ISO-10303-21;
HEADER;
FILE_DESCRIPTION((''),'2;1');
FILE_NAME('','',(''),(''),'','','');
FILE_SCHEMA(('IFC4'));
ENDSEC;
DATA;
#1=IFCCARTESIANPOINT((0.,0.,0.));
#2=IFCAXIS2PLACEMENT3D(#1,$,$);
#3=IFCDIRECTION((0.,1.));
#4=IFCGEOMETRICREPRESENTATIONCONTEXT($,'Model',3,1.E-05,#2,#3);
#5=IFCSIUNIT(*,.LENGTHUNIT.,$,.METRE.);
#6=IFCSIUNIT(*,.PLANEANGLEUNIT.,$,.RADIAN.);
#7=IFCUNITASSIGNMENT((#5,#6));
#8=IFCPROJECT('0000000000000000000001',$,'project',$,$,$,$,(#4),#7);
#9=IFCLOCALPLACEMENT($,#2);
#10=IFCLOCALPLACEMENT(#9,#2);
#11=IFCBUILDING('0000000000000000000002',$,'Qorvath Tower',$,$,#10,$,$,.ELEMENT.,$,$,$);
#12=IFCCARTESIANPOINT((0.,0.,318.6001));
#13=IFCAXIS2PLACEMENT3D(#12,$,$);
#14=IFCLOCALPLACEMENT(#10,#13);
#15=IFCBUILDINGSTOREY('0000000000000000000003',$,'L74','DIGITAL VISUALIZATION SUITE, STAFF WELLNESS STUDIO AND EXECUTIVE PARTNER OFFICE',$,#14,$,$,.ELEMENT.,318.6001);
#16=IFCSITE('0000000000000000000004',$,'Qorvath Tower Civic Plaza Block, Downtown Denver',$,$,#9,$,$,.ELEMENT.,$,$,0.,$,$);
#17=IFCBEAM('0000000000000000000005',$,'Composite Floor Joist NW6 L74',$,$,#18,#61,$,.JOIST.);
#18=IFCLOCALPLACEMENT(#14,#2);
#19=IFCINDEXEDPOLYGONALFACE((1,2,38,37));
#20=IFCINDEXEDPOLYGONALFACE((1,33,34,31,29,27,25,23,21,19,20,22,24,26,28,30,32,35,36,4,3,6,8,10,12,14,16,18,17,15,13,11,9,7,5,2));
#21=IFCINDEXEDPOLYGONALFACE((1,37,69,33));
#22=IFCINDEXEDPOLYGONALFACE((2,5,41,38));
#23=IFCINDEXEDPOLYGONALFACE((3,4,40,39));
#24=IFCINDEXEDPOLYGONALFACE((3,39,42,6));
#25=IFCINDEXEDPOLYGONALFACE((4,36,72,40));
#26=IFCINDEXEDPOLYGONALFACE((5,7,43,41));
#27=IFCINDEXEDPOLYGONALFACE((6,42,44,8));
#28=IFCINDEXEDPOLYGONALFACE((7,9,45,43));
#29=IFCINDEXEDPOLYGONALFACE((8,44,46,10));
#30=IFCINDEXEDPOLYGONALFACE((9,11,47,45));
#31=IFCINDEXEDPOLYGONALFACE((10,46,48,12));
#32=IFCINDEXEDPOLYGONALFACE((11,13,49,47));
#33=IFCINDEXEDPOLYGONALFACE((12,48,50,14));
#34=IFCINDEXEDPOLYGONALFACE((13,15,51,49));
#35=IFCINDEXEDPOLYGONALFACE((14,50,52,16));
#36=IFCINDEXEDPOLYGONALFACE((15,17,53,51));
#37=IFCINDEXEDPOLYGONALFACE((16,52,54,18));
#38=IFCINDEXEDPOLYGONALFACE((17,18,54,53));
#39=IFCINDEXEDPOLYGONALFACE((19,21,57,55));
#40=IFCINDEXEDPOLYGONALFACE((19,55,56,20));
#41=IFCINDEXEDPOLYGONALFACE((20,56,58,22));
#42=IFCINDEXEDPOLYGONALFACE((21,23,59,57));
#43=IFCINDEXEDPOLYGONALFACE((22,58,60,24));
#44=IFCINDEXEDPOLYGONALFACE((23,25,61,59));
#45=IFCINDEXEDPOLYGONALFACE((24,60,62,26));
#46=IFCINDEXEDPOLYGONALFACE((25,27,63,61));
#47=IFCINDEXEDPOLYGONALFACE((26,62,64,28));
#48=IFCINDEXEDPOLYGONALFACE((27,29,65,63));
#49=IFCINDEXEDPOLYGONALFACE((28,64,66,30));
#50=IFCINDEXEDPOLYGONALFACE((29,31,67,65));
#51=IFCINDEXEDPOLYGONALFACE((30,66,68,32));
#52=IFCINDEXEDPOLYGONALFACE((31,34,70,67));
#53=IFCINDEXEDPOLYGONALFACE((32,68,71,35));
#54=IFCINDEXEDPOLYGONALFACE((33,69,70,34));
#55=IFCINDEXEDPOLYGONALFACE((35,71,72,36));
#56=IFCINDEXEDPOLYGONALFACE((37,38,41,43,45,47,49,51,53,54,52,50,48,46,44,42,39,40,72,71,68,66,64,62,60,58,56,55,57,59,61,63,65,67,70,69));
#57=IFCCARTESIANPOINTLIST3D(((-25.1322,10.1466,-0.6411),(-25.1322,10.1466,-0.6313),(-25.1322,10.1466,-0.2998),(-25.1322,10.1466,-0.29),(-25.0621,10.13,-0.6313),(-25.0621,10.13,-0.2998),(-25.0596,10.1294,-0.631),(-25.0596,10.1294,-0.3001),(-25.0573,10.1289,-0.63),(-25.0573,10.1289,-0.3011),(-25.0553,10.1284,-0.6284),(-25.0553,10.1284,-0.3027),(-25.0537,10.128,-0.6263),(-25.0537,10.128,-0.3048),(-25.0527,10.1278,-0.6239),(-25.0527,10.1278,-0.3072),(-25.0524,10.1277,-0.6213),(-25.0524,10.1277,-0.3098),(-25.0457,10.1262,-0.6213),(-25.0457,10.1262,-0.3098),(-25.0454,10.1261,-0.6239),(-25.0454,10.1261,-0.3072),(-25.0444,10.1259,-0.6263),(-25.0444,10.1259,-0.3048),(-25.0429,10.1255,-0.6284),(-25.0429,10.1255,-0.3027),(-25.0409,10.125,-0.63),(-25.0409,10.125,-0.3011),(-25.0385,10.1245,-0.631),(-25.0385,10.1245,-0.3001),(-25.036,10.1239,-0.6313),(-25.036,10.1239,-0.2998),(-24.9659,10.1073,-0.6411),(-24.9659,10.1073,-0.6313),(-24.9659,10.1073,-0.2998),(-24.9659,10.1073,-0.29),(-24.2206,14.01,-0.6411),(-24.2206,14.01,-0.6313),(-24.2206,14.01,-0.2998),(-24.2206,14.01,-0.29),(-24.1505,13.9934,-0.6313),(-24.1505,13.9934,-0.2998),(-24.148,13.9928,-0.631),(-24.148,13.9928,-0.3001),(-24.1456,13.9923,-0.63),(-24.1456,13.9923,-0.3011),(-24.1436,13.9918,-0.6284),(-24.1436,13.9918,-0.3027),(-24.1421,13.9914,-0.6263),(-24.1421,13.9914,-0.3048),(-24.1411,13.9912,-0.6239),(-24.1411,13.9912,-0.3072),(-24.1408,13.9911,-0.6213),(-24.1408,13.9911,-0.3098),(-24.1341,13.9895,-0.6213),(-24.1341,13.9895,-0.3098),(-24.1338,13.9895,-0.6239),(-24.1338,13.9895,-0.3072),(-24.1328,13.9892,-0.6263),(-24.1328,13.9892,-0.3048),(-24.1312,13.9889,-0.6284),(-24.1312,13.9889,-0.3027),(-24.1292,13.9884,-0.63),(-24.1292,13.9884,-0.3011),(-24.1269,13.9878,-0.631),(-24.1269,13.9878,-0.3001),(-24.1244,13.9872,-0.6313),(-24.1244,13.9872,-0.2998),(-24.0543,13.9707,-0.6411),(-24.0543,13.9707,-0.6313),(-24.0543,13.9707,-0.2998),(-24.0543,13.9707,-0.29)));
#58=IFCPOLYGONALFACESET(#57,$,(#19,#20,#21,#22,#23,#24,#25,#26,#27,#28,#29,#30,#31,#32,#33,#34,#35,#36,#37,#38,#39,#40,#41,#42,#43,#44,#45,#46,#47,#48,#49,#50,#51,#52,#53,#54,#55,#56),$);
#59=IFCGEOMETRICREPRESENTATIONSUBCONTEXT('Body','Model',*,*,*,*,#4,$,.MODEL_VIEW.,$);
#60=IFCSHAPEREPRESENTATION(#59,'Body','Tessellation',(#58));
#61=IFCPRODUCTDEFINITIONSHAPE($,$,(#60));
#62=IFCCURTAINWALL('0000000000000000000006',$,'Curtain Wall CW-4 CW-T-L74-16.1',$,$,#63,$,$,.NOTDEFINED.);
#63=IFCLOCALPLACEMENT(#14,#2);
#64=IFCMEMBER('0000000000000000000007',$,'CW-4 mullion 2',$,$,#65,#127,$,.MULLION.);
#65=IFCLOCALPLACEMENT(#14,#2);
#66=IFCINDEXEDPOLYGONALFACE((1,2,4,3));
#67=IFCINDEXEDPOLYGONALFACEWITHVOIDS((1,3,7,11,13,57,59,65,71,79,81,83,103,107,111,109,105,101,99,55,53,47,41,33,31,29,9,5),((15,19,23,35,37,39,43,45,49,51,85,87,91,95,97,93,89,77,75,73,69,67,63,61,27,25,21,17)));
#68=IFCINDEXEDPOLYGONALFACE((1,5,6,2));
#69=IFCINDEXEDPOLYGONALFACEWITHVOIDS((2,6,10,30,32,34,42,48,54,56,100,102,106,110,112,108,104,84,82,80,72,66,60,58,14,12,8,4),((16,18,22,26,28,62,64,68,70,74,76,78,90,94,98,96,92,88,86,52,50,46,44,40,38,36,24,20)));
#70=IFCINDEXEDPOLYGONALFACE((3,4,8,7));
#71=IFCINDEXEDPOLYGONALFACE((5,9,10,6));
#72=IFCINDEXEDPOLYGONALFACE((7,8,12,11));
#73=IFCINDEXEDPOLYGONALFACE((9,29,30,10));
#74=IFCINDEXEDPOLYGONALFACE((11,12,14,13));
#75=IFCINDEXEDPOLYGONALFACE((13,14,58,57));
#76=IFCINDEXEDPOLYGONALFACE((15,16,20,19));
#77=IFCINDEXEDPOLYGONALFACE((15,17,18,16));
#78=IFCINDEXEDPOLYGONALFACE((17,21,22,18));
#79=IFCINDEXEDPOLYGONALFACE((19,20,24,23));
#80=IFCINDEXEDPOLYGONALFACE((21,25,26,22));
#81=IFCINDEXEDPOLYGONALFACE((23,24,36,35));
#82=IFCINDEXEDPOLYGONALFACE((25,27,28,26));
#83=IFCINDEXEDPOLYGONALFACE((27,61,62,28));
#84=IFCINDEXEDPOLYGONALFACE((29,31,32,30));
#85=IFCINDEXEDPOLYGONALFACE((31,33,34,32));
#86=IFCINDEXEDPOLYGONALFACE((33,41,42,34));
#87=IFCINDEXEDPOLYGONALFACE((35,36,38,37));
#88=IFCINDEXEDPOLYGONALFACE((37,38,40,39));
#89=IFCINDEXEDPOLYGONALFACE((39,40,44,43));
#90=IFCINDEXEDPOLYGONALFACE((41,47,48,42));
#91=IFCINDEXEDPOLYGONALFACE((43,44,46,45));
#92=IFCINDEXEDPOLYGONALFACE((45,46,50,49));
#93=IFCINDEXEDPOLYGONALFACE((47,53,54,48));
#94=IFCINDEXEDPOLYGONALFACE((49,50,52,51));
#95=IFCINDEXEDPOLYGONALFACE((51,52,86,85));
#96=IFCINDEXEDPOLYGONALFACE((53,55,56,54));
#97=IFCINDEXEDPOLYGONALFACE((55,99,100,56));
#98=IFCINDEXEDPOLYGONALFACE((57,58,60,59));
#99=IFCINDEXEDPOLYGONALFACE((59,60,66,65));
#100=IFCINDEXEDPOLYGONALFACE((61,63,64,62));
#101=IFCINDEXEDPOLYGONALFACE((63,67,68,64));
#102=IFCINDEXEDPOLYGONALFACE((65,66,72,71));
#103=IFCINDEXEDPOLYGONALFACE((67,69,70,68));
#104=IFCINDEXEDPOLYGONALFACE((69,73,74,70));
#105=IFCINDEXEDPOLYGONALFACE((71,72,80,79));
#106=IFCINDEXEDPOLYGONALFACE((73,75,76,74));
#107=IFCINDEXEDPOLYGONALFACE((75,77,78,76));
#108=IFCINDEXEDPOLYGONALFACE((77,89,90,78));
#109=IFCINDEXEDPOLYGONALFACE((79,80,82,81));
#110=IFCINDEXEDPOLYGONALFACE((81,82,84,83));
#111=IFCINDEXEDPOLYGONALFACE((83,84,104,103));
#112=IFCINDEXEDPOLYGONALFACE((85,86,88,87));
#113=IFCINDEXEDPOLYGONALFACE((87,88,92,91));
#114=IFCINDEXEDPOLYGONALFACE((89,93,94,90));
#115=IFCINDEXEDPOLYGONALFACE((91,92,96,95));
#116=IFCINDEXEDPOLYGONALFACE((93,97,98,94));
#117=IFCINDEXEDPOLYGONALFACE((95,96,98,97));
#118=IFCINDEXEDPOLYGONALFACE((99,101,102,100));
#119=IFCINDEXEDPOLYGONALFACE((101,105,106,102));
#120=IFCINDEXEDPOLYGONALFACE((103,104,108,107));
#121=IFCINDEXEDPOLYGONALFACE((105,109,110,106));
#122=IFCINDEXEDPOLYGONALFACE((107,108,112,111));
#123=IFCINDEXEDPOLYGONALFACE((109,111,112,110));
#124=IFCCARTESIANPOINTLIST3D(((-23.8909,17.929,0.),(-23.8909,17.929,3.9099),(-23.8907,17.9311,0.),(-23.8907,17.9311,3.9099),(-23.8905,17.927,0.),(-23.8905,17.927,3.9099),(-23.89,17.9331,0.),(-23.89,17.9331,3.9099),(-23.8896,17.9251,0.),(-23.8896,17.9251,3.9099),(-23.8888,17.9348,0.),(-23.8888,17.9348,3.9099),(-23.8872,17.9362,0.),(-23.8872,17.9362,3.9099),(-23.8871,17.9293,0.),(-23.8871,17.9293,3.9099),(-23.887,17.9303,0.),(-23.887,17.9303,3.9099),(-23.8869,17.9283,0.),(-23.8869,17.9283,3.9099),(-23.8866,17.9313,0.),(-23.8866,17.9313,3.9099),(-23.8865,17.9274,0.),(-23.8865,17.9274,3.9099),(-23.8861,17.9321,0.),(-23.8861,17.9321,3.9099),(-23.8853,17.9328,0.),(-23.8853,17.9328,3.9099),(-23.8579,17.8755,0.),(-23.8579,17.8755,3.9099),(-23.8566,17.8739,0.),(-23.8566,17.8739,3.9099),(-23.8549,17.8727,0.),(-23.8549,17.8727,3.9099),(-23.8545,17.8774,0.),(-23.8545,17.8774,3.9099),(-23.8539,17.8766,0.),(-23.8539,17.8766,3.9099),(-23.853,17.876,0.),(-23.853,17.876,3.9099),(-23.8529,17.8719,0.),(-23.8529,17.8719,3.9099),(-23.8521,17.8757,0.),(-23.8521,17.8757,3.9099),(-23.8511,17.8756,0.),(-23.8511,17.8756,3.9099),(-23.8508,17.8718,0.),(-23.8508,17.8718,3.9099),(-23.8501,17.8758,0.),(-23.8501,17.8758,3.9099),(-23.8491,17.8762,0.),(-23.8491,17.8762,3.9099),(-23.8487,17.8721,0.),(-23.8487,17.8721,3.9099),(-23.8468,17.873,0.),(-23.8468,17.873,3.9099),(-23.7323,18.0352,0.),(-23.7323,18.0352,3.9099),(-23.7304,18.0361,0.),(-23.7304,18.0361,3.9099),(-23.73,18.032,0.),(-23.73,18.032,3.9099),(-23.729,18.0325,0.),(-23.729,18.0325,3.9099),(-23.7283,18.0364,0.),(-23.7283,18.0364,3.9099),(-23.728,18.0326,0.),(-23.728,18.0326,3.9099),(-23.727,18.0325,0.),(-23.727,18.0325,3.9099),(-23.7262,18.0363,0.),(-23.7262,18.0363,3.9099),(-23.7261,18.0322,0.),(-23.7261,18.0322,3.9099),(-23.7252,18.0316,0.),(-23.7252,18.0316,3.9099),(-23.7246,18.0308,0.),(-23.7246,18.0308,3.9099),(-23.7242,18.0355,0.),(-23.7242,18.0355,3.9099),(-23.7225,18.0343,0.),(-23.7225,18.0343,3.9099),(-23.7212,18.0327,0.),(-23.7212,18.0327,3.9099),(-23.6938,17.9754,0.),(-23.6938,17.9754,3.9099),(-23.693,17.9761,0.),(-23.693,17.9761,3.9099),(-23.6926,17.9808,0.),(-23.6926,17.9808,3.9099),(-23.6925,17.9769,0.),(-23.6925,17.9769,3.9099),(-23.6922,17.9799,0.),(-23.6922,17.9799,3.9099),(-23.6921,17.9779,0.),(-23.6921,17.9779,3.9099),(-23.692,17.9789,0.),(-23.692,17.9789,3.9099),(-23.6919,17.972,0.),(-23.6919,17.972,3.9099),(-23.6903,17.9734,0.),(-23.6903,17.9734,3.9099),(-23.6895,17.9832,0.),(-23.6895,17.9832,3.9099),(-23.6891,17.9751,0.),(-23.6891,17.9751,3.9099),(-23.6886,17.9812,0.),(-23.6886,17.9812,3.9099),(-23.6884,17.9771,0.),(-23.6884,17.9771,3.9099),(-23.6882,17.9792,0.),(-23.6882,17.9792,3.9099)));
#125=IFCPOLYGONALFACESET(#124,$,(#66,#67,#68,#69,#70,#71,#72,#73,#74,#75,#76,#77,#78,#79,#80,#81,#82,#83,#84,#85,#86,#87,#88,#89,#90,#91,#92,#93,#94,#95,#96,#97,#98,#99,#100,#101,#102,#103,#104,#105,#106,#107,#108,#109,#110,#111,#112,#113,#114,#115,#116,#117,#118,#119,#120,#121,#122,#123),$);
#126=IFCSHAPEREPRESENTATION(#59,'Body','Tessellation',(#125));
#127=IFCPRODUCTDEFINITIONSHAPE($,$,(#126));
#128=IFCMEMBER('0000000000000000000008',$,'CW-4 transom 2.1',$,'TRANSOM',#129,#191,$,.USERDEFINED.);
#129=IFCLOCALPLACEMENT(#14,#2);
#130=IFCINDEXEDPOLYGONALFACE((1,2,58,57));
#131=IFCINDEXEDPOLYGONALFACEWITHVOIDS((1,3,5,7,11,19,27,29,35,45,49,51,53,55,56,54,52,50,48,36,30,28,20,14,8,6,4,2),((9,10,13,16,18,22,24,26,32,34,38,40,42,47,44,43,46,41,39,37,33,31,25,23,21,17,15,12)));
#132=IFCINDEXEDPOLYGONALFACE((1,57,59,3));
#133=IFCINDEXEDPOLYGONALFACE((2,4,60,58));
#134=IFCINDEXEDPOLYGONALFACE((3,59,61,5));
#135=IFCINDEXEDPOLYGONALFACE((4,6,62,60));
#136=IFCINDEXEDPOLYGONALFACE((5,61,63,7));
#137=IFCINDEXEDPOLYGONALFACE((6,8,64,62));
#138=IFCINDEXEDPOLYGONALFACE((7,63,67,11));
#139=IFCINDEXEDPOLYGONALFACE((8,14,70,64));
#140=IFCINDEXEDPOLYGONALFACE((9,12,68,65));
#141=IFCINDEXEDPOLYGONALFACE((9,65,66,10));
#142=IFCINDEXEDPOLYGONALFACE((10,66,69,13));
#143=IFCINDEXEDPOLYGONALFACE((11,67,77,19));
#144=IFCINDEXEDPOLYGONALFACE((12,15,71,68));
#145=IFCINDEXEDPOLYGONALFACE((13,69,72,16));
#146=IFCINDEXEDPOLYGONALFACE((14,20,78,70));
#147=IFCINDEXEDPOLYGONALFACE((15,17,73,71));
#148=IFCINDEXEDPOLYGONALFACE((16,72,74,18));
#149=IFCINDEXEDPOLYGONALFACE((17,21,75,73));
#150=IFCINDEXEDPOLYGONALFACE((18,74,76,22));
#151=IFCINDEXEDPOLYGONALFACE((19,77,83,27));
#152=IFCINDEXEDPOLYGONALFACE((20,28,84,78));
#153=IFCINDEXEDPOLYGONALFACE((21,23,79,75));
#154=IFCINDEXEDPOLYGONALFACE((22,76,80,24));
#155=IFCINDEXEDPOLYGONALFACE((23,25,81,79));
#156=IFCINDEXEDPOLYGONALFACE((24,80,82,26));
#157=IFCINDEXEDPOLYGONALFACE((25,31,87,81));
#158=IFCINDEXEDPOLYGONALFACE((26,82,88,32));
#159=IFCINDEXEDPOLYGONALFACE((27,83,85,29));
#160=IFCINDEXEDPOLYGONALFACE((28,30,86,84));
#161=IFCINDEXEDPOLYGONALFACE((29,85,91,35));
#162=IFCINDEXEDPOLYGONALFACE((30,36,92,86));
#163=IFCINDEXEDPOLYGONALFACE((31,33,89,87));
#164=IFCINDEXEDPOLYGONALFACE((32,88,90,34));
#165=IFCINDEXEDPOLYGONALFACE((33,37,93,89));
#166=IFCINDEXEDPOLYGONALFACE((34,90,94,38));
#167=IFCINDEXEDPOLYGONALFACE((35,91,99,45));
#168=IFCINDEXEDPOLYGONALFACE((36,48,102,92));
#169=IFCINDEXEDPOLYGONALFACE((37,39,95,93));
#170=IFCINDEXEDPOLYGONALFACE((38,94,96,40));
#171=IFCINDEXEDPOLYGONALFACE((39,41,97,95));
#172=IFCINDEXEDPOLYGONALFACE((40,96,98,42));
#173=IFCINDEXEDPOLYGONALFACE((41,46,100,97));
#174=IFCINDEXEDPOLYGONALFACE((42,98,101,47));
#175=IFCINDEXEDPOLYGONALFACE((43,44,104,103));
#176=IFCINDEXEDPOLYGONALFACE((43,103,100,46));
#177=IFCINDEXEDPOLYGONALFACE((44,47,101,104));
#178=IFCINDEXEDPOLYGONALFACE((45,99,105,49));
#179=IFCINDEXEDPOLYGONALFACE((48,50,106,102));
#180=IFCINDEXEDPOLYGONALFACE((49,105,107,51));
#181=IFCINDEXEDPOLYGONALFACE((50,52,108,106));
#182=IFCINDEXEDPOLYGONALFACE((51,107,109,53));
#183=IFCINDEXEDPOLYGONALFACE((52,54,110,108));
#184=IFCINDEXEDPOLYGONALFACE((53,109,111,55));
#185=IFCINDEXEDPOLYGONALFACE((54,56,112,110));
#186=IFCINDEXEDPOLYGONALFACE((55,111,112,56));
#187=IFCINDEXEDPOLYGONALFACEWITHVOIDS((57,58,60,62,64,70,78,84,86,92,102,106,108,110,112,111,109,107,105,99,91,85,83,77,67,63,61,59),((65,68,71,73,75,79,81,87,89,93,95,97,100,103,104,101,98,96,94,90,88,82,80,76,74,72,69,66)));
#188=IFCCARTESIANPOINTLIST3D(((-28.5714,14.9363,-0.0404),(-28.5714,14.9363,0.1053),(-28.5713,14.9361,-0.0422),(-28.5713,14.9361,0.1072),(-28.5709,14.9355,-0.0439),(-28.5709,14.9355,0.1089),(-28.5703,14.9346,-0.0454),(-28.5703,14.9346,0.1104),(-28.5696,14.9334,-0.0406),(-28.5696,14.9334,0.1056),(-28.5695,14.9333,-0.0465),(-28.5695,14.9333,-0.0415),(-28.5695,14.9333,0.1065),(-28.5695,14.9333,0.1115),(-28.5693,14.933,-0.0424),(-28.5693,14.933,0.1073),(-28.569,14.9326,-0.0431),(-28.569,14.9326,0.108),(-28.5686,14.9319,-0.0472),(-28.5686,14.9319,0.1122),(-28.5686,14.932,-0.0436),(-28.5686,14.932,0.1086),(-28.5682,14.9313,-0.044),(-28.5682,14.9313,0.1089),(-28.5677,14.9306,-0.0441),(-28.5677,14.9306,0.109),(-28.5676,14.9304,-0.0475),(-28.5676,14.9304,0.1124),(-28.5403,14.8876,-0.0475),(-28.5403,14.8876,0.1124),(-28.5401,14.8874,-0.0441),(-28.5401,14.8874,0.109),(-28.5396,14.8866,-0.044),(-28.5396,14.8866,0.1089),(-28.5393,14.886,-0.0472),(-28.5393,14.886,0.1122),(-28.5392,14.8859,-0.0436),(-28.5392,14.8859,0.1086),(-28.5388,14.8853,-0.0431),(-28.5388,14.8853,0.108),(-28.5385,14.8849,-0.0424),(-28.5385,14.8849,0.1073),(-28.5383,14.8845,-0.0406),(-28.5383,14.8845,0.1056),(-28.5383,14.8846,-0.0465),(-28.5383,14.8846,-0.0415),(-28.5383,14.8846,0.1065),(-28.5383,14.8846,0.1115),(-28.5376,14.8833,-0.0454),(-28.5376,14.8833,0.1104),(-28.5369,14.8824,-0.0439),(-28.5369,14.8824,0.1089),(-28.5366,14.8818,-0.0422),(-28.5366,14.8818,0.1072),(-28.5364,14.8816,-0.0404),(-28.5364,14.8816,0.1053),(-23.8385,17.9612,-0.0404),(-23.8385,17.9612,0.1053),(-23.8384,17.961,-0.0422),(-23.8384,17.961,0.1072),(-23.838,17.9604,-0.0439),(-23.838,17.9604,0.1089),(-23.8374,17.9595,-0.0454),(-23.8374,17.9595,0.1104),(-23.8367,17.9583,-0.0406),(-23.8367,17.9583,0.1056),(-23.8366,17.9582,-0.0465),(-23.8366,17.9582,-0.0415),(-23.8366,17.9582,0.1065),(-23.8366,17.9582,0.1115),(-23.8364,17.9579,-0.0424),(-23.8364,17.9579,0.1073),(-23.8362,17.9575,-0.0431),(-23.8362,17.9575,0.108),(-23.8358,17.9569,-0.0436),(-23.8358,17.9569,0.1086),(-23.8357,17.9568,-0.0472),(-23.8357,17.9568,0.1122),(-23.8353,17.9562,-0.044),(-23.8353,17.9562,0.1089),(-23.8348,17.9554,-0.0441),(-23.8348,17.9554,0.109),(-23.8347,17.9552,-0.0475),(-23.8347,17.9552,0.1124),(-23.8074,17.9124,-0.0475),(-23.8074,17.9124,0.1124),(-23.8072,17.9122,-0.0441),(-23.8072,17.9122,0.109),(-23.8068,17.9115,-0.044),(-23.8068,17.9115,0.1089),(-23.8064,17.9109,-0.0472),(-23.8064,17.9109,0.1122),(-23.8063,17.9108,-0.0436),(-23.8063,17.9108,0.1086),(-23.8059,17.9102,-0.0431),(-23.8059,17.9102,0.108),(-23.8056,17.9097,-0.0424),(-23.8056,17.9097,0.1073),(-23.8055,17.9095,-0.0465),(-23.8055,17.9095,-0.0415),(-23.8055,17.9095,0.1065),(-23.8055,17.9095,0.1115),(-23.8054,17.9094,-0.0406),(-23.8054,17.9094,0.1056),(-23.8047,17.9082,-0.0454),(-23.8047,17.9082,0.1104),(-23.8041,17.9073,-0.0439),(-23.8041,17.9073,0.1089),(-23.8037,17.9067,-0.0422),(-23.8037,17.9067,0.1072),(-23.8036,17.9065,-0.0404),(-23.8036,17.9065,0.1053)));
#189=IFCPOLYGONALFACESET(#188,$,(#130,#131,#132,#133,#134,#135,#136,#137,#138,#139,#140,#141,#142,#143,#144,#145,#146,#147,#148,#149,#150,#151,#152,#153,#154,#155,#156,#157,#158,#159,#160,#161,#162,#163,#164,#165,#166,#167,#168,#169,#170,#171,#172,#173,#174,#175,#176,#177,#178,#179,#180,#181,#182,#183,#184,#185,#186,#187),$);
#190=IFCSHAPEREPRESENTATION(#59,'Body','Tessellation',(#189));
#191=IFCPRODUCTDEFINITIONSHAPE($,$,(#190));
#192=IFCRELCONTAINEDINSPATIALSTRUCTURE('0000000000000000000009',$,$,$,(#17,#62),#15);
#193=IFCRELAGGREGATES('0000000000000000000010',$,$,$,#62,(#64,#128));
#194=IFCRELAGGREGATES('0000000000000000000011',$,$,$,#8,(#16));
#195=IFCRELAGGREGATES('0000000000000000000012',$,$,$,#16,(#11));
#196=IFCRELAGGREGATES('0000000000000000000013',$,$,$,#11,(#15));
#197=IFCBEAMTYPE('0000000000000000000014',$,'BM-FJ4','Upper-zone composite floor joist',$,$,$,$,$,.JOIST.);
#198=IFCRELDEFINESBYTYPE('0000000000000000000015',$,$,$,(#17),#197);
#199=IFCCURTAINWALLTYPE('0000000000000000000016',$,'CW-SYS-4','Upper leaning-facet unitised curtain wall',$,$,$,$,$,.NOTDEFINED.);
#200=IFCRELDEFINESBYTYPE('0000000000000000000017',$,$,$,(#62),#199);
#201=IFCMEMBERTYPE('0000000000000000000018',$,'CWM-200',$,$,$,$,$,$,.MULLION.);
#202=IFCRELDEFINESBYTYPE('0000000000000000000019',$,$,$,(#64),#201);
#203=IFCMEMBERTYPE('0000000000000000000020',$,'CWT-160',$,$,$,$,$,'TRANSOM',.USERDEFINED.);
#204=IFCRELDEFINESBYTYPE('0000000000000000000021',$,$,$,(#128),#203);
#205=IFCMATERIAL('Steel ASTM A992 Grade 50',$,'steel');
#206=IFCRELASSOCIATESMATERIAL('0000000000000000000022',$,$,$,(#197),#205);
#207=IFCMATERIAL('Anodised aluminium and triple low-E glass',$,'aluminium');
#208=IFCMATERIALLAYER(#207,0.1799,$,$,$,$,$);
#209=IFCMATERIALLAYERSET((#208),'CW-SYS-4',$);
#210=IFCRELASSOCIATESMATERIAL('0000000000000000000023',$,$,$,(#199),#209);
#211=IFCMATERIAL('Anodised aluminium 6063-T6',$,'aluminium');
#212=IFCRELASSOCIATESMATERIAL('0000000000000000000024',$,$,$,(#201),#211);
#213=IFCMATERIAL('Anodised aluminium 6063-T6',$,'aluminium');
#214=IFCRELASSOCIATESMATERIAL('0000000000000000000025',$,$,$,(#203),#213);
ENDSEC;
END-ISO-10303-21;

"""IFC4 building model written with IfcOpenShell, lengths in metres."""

from ifc_helpers import new_model, si_unit, direction, frame, origin, origin_2d, place, context, subcontext, project, spatial, hollow_rectangle, i_section, extrude, material, layer, layer_set, material_profile, profile_set, type_object, element, aggregate, save


model = new_model("IFC4")

# Units and contexts
model_context = context("Model", 3, precision=1e-05, world=origin(), true_north=direction((0.0, 1.0)))
body_context = subcontext(model_context, "Body", "Model", "MODEL_VIEW")
ifc_project = project(units=[si_unit("LENGTHUNIT", "METRE"), si_unit("PLANEANGLEUNIT", "RADIAN")], contexts=[model_context])

# Site, building, storey
site_placement = place(None, origin())
site = spatial("IfcSite", under=ifc_project, at=site_placement, Name="Qorvath Tower Civic Plaza Block, Downtown Denver", CompositionType="ELEMENT", RefElevation=0.0)
building_placement = place(site_placement, origin())
building = spatial("IfcBuilding", under=site, at=building_placement, Name="Qorvath Tower", CompositionType="ELEMENT")
storey_placement = place(building_placement, frame((0.0, 0.0, 318.6001)))
storey = spatial("IfcBuildingStorey", under=building, at=storey_placement, Name="L74", Description="DIGITAL VISUALIZATION SUITE, STAFF WELLNESS STUDIO AND EXECUTIVE PARTNER OFFICE", CompositionType="ELEMENT", Elevation=318.6001)

# Beam
ifc_material_1 = material(Name="Steel ASTM A992 Grade 50", Category="steel")
ifc_material_profile_1 = material_profile(ifc_material_1, i_section(OverallWidth=0.1709, OverallDepth=0.3511, WebThickness=0.0068, FlangeThickness=0.0098, FilletRadius=0.01, at=origin_2d()), Name="W14x30")
ifc_profile_set_1 = profile_set([ifc_material_profile_1], Name="Steel ASTM A992 Grade 50")
beam_type_1 = type_object("IfcBeamType", Name="BM-FJ4", Description="Upper-zone composite floor joist", PredefinedType="JOIST", material=ifc_profile_set_1)
beam_1_placement = place(storey_placement, frame((-25.0491, 10.127, -0.4656), z_axis=(0.229663, 0.97327, 0.0), x_axis=(-0.97327, 0.229663, 0.0)))
element("IfcBeam", 1, at=beam_1_placement, inside=storey, type_object=beam_type_1, Name="Composite Floor Joist NW6 L74", PredefinedType="JOIST", context=body_context, shape_type="SweptSolid", body=[
    extrude(i_section(OverallWidth=0.1709, OverallDepth=0.3511, WebThickness=0.0068, FlangeThickness=0.0098, FilletRadius=0.01, at=origin_2d()), origin(), (0.0, 0.0, 1.0), 3.9695),
])

# Curtain wall, members
ifc_material_2 = material(Name="Anodised aluminium and triple low-E glass", Category="aluminium")
ifc_layer_1 = layer(ifc_material_2, 0.1799)
ifc_layer_set_1 = layer_set([ifc_layer_1], Name="CW-SYS-4")
curtain_wall_type = type_object("IfcCurtainWallType", Name="CW-SYS-4", Description="Upper leaning-facet unitised curtain wall", PredefinedType="NOTDEFINED", material=ifc_layer_set_1)
curtain_wall_placement = place(storey_placement, origin())
curtain_wall = element("IfcCurtainWall", 2, at=curtain_wall_placement, inside=storey, type_object=curtain_wall_type, Name="Curtain Wall CW-4 CW-T-L74-16.1", PredefinedType="NOTDEFINED")
ifc_material_3 = material(Name="Anodised aluminium 6063-T6", Category="aluminium")
ifc_material_profile_2 = material_profile(ifc_material_3, hollow_rectangle(XDim=0.075, YDim=0.2, WallThickness=0.0039, InnerFilletRadius=0.0039, OuterFilletRadius=0.0081, at=origin_2d()), Name="CWM 200x75")
ifc_profile_set_2 = profile_set([ifc_material_profile_2], Name="Anodised aluminium 6063-T6")
member_type_1 = type_object("IfcMemberType", Name="CWM-200", PredefinedType="MULLION", material=ifc_profile_set_2)
member_1_placement = place(storey_placement, frame((-23.7896, 17.9541, 0.0), z_axis=(0.0, 0.0, 1.0), x_axis=(0.538532, -0.842605, 0.0)))
member_1 = element("IfcMember", 3, at=member_1_placement, type_object=member_type_1, Name="CW-4 mullion 2", PredefinedType="MULLION", context=body_context, shape_type="SweptSolid", body=[
    extrude(hollow_rectangle(XDim=0.075, YDim=0.2, WallThickness=0.0039, InnerFilletRadius=0.0039, OuterFilletRadius=0.0081, at=origin_2d()), origin(), (0.0, 0.0, 1.0), 3.9099),
])
ifc_material_4 = material(Name="Anodised aluminium 6063-T6", Category="aluminium")
ifc_material_profile_3 = material_profile(ifc_material_4, hollow_rectangle(XDim=0.0649, YDim=0.1599, WallThickness=0.0034, InnerFilletRadius=0.0034, OuterFilletRadius=0.0071, at=origin_2d()), Name="CWT 160x65")
ifc_profile_set_3 = profile_set([ifc_material_profile_3], Name="Anodised aluminium 6063-T6")
member_type_2 = type_object("IfcMemberType", Name="CWT-160", ElementType="TRANSOM", PredefinedType="USERDEFINED", material=ifc_profile_set_3)
member_2_placement = place(storey_placement, frame((-23.821, 17.9338, 0.0325), z_axis=(-0.842608, -0.538528, 0.0), x_axis=(0.538528, -0.842608, 0.0)))
member_2 = element("IfcMember", 4, at=member_2_placement, type_object=member_type_2, Name="CW-4 transom 2.1", ObjectType="TRANSOM", PredefinedType="USERDEFINED", context=body_context, shape_type="SweptSolid", body=[
    extrude(hollow_rectangle(XDim=0.0649, YDim=0.1599, WallThickness=0.0034, InnerFilletRadius=0.0034, OuterFilletRadius=0.0071, at=origin_2d()), origin(), (0.0, 0.0, 1.0), 5.6169),
])
aggregate(curtain_wall, [member_1, member_2])

save(model, "model.ifc")
